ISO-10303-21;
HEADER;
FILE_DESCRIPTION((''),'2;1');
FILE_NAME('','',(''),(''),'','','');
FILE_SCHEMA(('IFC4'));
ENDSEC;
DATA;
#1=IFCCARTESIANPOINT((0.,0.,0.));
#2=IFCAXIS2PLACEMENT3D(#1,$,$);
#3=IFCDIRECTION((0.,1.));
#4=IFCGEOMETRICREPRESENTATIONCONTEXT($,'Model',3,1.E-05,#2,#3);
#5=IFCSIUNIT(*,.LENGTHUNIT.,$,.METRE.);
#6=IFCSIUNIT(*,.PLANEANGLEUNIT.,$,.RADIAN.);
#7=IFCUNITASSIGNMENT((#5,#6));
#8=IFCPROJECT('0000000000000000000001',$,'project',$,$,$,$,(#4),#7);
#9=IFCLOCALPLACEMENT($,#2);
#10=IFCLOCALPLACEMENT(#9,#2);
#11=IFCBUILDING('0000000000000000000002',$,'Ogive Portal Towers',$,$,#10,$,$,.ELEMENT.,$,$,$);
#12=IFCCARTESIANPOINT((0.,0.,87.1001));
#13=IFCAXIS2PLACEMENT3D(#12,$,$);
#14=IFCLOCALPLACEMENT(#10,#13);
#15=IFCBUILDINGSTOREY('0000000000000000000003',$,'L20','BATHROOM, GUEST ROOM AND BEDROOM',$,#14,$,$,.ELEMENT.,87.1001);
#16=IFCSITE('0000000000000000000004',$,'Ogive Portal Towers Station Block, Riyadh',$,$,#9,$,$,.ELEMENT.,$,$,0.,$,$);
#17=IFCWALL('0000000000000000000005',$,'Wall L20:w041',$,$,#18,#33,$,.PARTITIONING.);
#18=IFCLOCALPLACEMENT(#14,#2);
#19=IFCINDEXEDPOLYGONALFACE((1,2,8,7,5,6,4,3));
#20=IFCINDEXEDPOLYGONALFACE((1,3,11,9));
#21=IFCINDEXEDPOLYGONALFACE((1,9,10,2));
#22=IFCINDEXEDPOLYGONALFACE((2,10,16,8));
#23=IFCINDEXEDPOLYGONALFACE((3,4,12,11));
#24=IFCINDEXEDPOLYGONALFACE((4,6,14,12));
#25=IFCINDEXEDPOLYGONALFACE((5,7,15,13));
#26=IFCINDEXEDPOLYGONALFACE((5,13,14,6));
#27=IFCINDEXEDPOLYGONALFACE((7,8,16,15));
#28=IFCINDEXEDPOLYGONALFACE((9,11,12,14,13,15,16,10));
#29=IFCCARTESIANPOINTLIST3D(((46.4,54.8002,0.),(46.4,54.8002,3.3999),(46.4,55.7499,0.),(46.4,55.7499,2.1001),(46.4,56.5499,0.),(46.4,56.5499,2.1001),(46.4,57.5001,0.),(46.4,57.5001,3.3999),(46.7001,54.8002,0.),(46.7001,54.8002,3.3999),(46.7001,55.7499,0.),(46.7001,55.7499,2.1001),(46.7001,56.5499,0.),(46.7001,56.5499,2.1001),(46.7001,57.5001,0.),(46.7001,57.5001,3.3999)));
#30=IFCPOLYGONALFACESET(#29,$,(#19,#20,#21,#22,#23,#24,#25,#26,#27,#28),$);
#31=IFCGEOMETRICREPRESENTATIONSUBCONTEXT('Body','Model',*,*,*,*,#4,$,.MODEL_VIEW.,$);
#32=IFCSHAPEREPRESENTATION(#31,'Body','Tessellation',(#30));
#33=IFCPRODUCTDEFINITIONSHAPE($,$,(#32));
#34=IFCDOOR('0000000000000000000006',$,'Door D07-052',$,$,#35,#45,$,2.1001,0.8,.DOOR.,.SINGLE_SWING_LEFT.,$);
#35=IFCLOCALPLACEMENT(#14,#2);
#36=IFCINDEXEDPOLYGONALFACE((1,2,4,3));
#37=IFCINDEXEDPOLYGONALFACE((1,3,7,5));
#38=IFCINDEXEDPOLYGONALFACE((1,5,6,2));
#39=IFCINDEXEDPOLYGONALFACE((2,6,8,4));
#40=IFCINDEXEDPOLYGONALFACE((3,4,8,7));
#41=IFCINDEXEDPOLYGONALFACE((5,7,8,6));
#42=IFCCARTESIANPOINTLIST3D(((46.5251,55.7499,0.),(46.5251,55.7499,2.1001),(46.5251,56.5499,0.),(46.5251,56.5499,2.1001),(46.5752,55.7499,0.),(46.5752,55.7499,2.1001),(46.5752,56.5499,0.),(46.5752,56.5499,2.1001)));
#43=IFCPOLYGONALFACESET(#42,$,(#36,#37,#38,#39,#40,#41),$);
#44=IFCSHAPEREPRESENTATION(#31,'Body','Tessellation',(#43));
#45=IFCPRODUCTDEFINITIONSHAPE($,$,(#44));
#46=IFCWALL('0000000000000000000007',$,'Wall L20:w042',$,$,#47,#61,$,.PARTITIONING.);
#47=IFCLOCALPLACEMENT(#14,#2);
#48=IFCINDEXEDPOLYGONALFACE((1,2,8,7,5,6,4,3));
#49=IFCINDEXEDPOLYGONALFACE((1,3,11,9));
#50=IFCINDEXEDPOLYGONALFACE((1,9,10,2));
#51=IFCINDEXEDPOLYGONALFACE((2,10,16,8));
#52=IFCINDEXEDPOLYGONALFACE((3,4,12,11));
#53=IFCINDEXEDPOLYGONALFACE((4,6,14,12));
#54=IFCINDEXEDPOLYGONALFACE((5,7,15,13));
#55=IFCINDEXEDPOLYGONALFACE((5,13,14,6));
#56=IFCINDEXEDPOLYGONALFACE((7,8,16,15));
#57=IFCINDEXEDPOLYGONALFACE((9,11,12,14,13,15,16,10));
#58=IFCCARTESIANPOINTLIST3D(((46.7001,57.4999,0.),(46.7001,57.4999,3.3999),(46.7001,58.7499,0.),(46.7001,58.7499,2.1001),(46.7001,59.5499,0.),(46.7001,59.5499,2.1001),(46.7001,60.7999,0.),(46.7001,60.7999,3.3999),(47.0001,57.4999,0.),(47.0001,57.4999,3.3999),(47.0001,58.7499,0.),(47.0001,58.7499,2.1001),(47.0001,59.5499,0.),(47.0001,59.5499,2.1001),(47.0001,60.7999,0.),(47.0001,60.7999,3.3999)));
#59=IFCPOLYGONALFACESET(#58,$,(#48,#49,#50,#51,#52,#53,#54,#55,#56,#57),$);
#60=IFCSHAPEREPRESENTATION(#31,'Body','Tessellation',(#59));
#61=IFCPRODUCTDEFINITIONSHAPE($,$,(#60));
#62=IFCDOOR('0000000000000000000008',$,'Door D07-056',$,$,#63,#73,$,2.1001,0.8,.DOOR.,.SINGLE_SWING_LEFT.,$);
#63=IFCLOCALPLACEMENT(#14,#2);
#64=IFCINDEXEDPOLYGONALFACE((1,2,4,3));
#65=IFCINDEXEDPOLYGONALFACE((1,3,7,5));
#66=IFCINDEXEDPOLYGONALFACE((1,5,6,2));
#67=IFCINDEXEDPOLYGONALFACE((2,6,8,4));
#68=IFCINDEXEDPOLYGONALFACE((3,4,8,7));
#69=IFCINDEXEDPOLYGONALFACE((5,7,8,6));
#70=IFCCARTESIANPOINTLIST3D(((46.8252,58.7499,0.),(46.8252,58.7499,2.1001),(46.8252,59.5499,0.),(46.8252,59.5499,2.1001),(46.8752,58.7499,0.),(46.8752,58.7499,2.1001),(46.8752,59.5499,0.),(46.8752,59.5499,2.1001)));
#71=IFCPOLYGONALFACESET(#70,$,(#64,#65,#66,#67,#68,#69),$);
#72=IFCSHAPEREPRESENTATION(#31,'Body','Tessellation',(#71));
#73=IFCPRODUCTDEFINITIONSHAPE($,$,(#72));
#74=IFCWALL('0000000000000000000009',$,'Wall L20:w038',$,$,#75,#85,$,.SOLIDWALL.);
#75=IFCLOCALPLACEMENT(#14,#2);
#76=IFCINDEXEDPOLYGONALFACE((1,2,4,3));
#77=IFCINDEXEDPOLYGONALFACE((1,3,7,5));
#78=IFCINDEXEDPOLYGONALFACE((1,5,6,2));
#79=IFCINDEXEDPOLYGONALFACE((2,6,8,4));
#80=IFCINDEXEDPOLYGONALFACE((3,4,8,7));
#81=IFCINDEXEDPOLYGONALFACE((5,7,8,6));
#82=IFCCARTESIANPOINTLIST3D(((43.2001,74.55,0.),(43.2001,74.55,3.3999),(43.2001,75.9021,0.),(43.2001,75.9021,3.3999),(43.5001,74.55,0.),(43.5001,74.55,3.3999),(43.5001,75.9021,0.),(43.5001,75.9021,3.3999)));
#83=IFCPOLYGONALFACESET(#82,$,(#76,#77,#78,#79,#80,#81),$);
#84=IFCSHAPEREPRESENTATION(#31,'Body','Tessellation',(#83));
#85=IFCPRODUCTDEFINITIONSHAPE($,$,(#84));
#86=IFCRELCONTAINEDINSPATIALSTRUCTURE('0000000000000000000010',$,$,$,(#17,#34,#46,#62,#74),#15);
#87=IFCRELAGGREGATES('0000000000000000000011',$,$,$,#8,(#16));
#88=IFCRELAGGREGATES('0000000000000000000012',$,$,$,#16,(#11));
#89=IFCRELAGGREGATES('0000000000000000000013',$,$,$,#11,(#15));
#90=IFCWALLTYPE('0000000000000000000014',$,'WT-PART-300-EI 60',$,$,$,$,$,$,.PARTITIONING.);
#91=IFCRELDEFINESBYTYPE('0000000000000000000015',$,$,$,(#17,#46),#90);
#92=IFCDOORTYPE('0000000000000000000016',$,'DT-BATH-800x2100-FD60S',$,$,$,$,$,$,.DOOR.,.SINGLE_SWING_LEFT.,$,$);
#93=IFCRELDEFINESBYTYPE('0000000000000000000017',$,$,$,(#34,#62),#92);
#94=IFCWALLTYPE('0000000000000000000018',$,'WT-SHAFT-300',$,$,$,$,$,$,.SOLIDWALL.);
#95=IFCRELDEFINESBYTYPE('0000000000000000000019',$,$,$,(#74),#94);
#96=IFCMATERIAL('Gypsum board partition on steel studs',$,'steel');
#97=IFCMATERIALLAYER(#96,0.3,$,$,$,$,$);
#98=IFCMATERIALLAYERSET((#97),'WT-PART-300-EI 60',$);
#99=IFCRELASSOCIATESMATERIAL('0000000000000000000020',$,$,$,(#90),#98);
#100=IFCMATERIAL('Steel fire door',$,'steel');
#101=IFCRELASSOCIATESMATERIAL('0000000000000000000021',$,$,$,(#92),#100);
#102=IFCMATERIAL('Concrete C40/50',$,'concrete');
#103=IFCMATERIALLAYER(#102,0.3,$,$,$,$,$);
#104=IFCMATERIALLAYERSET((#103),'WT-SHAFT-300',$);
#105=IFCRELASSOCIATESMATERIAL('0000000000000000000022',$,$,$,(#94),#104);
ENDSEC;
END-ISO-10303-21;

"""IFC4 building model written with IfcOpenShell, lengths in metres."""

from ifc_helpers import new_model, si_unit, direction, frame, frame_2d, origin, place, context, subcontext, project, spatial, rectangle, extrude, material, layer, layer_set, type_object, element, fill, save


model = new_model("IFC4")

# Units and contexts
model_context = context("Model", 3, precision=1e-05, world=origin(), true_north=direction((0.0, 1.0)))
body_context = subcontext(model_context, "Body", "Model", "MODEL_VIEW")
ifc_project = project(units=[si_unit("LENGTHUNIT", "METRE"), si_unit("PLANEANGLEUNIT", "RADIAN")], contexts=[model_context])

# Site, building, storey
site_placement = place(None, origin())
site = spatial("IfcSite", under=ifc_project, at=site_placement, Name="Ogive Portal Towers Station Block, Riyadh", CompositionType="ELEMENT", RefElevation=0.0)
building_placement = place(site_placement, origin())
building = spatial("IfcBuilding", under=site, at=building_placement, Name="Ogive Portal Towers", CompositionType="ELEMENT")
storey_placement = place(building_placement, frame((0.0, 0.0, 87.1001)))
storey = spatial("IfcBuildingStorey", under=building, at=storey_placement, Name="L20", Description="BATHROOM, GUEST ROOM AND BEDROOM", CompositionType="ELEMENT", Elevation=87.1001)

# Walls, openings, doors
ifc_material_1 = material(Name="Gypsum board partition on steel studs", Category="steel")
ifc_layer_1 = layer(ifc_material_1, 0.3)
ifc_layer_set_1 = layer_set([ifc_layer_1], Name="WT-PART-300-EI 60")
wall_type_1 = type_object("IfcWallType", Name="WT-PART-300-EI 60", PredefinedType="PARTITIONING", material=ifc_layer_set_1)
wall_1_placement = place(storey_placement, frame((46.55, 54.8, 0.0), z_axis=(0.0, 0.0, 1.0), x_axis=(0.0, 1.0, 0.0)))
wall_1 = element("IfcWall", 1, at=wall_1_placement, inside=storey, type_object=wall_type_1, Name="Wall L20:w041", PredefinedType="PARTITIONING", context=body_context, shape_type="SweptSolid", body=[
    extrude(rectangle(XDim=2.7, YDim=0.3, at=frame_2d((1.3501, 0.0))), origin(), (0.0, 0.0, 1.0), 3.3999),
])
opening_1_placement = place(wall_1_placement, frame((0.95, 0.0, 0.0)))
opening_1 = element("IfcOpeningElement", 2, at=opening_1_placement, cuts=wall_1, PredefinedType="OPENING", context=body_context, shape_type="SweptSolid", body=[
    extrude(rectangle(XDim=0.8, YDim=2.1001, at=frame_2d((0.3999, 1.05))), frame((0.0, 0.1602, 0.0), z_axis=(0.0, -1.0, 0.0), x_axis=(1.0, 0.0, 0.0)), (0.0, 0.0, 1.0), 0.3201),
])
ifc_material_2 = material(Name="Steel fire door", Category="steel")
door_type = type_object("IfcDoorType", Name="DT-BATH-800x2100-FD60S", OperationType="SINGLE_SWING_LEFT", PredefinedType="DOOR", material=ifc_material_2)
door_1_placement = place(opening_1_placement, origin())
door_1 = element("IfcDoor", 3, at=door_1_placement, inside=storey, type_object=door_type, Name="Door D07-052", OperationType="SINGLE_SWING_LEFT", OverallHeight=2.1001, OverallWidth=0.8, PredefinedType="DOOR", context=body_context, shape_type="SweptSolid", body=[
    extrude(rectangle(XDim=0.8, YDim=2.1001, at=frame_2d((0.3999, 1.05))), frame((0.0, 0.0249, 0.0), z_axis=(0.0, -1.0, 0.0), x_axis=(1.0, 0.0, 0.0)), (0.0, 0.0, 1.0), 0.05),
])
fill(opening_1, door_1)
wall_2_placement = place(storey_placement, frame((46.8501, 57.5, 0.0), z_axis=(0.0, 0.0, 1.0), x_axis=(0.0, 1.0, 0.0)))
wall_2 = element("IfcWall", 4, at=wall_2_placement, inside=storey, type_object=wall_type_1, Name="Wall L20:w042", PredefinedType="PARTITIONING", context=body_context, shape_type="SweptSolid", body=[
    extrude(rectangle(XDim=3.3, YDim=0.3, at=frame_2d((1.6499, 0.0))), origin(), (0.0, 0.0, 1.0), 3.3999),
])
opening_2_placement = place(wall_2_placement, frame((1.25, 0.0, 0.0)))
opening_2 = element("IfcOpeningElement", 5, at=opening_2_placement, cuts=wall_2, PredefinedType="OPENING", context=body_context, shape_type="SweptSolid", body=[
    extrude(rectangle(XDim=0.8, YDim=2.1001, at=frame_2d((0.3999, 1.05))), frame((0.0, 0.1602, 0.0), z_axis=(0.0, -1.0, 0.0), x_axis=(1.0, 0.0, 0.0)), (0.0, 0.0, 1.0), 0.3201),
])
door_2_placement = place(opening_2_placement, origin())
door_2 = element("IfcDoor", 6, at=door_2_placement, inside=storey, type_object=door_type, Name="Door D07-056", OperationType="SINGLE_SWING_LEFT", OverallHeight=2.1001, OverallWidth=0.8, PredefinedType="DOOR", context=body_context, shape_type="SweptSolid", body=[
    extrude(rectangle(XDim=0.8, YDim=2.1001, at=frame_2d((0.3999, 1.05))), frame((0.0, 0.0249, 0.0), z_axis=(0.0, -1.0, 0.0), x_axis=(1.0, 0.0, 0.0)), (0.0, 0.0, 1.0), 0.05),
])
fill(opening_2, door_2)

# Wall
ifc_material_3 = material(Name="Concrete C40/50", Category="concrete")
ifc_layer_2 = layer(ifc_material_3, 0.3)
ifc_layer_set_2 = layer_set([ifc_layer_2], Name="WT-SHAFT-300")
wall_type_2 = type_object("IfcWallType", Name="WT-SHAFT-300", PredefinedType="SOLIDWALL", material=ifc_layer_set_2)
wall_3_placement = place(storey_placement, frame((43.3501, 74.55, 0.0), z_axis=(0.0, 0.0, 1.0), x_axis=(0.0, 1.0, 0.0)))
element("IfcWall", 7, at=wall_3_placement, inside=storey, type_object=wall_type_2, Name="Wall L20:w038", PredefinedType="SOLIDWALL", context=body_context, shape_type="SweptSolid", body=[
    extrude(rectangle(XDim=1.3521, YDim=0.3, at=frame_2d((0.676, 0.0))), origin(), (0.0, 0.0, 1.0), 3.3999),
])

save(model, "model.ifc")
